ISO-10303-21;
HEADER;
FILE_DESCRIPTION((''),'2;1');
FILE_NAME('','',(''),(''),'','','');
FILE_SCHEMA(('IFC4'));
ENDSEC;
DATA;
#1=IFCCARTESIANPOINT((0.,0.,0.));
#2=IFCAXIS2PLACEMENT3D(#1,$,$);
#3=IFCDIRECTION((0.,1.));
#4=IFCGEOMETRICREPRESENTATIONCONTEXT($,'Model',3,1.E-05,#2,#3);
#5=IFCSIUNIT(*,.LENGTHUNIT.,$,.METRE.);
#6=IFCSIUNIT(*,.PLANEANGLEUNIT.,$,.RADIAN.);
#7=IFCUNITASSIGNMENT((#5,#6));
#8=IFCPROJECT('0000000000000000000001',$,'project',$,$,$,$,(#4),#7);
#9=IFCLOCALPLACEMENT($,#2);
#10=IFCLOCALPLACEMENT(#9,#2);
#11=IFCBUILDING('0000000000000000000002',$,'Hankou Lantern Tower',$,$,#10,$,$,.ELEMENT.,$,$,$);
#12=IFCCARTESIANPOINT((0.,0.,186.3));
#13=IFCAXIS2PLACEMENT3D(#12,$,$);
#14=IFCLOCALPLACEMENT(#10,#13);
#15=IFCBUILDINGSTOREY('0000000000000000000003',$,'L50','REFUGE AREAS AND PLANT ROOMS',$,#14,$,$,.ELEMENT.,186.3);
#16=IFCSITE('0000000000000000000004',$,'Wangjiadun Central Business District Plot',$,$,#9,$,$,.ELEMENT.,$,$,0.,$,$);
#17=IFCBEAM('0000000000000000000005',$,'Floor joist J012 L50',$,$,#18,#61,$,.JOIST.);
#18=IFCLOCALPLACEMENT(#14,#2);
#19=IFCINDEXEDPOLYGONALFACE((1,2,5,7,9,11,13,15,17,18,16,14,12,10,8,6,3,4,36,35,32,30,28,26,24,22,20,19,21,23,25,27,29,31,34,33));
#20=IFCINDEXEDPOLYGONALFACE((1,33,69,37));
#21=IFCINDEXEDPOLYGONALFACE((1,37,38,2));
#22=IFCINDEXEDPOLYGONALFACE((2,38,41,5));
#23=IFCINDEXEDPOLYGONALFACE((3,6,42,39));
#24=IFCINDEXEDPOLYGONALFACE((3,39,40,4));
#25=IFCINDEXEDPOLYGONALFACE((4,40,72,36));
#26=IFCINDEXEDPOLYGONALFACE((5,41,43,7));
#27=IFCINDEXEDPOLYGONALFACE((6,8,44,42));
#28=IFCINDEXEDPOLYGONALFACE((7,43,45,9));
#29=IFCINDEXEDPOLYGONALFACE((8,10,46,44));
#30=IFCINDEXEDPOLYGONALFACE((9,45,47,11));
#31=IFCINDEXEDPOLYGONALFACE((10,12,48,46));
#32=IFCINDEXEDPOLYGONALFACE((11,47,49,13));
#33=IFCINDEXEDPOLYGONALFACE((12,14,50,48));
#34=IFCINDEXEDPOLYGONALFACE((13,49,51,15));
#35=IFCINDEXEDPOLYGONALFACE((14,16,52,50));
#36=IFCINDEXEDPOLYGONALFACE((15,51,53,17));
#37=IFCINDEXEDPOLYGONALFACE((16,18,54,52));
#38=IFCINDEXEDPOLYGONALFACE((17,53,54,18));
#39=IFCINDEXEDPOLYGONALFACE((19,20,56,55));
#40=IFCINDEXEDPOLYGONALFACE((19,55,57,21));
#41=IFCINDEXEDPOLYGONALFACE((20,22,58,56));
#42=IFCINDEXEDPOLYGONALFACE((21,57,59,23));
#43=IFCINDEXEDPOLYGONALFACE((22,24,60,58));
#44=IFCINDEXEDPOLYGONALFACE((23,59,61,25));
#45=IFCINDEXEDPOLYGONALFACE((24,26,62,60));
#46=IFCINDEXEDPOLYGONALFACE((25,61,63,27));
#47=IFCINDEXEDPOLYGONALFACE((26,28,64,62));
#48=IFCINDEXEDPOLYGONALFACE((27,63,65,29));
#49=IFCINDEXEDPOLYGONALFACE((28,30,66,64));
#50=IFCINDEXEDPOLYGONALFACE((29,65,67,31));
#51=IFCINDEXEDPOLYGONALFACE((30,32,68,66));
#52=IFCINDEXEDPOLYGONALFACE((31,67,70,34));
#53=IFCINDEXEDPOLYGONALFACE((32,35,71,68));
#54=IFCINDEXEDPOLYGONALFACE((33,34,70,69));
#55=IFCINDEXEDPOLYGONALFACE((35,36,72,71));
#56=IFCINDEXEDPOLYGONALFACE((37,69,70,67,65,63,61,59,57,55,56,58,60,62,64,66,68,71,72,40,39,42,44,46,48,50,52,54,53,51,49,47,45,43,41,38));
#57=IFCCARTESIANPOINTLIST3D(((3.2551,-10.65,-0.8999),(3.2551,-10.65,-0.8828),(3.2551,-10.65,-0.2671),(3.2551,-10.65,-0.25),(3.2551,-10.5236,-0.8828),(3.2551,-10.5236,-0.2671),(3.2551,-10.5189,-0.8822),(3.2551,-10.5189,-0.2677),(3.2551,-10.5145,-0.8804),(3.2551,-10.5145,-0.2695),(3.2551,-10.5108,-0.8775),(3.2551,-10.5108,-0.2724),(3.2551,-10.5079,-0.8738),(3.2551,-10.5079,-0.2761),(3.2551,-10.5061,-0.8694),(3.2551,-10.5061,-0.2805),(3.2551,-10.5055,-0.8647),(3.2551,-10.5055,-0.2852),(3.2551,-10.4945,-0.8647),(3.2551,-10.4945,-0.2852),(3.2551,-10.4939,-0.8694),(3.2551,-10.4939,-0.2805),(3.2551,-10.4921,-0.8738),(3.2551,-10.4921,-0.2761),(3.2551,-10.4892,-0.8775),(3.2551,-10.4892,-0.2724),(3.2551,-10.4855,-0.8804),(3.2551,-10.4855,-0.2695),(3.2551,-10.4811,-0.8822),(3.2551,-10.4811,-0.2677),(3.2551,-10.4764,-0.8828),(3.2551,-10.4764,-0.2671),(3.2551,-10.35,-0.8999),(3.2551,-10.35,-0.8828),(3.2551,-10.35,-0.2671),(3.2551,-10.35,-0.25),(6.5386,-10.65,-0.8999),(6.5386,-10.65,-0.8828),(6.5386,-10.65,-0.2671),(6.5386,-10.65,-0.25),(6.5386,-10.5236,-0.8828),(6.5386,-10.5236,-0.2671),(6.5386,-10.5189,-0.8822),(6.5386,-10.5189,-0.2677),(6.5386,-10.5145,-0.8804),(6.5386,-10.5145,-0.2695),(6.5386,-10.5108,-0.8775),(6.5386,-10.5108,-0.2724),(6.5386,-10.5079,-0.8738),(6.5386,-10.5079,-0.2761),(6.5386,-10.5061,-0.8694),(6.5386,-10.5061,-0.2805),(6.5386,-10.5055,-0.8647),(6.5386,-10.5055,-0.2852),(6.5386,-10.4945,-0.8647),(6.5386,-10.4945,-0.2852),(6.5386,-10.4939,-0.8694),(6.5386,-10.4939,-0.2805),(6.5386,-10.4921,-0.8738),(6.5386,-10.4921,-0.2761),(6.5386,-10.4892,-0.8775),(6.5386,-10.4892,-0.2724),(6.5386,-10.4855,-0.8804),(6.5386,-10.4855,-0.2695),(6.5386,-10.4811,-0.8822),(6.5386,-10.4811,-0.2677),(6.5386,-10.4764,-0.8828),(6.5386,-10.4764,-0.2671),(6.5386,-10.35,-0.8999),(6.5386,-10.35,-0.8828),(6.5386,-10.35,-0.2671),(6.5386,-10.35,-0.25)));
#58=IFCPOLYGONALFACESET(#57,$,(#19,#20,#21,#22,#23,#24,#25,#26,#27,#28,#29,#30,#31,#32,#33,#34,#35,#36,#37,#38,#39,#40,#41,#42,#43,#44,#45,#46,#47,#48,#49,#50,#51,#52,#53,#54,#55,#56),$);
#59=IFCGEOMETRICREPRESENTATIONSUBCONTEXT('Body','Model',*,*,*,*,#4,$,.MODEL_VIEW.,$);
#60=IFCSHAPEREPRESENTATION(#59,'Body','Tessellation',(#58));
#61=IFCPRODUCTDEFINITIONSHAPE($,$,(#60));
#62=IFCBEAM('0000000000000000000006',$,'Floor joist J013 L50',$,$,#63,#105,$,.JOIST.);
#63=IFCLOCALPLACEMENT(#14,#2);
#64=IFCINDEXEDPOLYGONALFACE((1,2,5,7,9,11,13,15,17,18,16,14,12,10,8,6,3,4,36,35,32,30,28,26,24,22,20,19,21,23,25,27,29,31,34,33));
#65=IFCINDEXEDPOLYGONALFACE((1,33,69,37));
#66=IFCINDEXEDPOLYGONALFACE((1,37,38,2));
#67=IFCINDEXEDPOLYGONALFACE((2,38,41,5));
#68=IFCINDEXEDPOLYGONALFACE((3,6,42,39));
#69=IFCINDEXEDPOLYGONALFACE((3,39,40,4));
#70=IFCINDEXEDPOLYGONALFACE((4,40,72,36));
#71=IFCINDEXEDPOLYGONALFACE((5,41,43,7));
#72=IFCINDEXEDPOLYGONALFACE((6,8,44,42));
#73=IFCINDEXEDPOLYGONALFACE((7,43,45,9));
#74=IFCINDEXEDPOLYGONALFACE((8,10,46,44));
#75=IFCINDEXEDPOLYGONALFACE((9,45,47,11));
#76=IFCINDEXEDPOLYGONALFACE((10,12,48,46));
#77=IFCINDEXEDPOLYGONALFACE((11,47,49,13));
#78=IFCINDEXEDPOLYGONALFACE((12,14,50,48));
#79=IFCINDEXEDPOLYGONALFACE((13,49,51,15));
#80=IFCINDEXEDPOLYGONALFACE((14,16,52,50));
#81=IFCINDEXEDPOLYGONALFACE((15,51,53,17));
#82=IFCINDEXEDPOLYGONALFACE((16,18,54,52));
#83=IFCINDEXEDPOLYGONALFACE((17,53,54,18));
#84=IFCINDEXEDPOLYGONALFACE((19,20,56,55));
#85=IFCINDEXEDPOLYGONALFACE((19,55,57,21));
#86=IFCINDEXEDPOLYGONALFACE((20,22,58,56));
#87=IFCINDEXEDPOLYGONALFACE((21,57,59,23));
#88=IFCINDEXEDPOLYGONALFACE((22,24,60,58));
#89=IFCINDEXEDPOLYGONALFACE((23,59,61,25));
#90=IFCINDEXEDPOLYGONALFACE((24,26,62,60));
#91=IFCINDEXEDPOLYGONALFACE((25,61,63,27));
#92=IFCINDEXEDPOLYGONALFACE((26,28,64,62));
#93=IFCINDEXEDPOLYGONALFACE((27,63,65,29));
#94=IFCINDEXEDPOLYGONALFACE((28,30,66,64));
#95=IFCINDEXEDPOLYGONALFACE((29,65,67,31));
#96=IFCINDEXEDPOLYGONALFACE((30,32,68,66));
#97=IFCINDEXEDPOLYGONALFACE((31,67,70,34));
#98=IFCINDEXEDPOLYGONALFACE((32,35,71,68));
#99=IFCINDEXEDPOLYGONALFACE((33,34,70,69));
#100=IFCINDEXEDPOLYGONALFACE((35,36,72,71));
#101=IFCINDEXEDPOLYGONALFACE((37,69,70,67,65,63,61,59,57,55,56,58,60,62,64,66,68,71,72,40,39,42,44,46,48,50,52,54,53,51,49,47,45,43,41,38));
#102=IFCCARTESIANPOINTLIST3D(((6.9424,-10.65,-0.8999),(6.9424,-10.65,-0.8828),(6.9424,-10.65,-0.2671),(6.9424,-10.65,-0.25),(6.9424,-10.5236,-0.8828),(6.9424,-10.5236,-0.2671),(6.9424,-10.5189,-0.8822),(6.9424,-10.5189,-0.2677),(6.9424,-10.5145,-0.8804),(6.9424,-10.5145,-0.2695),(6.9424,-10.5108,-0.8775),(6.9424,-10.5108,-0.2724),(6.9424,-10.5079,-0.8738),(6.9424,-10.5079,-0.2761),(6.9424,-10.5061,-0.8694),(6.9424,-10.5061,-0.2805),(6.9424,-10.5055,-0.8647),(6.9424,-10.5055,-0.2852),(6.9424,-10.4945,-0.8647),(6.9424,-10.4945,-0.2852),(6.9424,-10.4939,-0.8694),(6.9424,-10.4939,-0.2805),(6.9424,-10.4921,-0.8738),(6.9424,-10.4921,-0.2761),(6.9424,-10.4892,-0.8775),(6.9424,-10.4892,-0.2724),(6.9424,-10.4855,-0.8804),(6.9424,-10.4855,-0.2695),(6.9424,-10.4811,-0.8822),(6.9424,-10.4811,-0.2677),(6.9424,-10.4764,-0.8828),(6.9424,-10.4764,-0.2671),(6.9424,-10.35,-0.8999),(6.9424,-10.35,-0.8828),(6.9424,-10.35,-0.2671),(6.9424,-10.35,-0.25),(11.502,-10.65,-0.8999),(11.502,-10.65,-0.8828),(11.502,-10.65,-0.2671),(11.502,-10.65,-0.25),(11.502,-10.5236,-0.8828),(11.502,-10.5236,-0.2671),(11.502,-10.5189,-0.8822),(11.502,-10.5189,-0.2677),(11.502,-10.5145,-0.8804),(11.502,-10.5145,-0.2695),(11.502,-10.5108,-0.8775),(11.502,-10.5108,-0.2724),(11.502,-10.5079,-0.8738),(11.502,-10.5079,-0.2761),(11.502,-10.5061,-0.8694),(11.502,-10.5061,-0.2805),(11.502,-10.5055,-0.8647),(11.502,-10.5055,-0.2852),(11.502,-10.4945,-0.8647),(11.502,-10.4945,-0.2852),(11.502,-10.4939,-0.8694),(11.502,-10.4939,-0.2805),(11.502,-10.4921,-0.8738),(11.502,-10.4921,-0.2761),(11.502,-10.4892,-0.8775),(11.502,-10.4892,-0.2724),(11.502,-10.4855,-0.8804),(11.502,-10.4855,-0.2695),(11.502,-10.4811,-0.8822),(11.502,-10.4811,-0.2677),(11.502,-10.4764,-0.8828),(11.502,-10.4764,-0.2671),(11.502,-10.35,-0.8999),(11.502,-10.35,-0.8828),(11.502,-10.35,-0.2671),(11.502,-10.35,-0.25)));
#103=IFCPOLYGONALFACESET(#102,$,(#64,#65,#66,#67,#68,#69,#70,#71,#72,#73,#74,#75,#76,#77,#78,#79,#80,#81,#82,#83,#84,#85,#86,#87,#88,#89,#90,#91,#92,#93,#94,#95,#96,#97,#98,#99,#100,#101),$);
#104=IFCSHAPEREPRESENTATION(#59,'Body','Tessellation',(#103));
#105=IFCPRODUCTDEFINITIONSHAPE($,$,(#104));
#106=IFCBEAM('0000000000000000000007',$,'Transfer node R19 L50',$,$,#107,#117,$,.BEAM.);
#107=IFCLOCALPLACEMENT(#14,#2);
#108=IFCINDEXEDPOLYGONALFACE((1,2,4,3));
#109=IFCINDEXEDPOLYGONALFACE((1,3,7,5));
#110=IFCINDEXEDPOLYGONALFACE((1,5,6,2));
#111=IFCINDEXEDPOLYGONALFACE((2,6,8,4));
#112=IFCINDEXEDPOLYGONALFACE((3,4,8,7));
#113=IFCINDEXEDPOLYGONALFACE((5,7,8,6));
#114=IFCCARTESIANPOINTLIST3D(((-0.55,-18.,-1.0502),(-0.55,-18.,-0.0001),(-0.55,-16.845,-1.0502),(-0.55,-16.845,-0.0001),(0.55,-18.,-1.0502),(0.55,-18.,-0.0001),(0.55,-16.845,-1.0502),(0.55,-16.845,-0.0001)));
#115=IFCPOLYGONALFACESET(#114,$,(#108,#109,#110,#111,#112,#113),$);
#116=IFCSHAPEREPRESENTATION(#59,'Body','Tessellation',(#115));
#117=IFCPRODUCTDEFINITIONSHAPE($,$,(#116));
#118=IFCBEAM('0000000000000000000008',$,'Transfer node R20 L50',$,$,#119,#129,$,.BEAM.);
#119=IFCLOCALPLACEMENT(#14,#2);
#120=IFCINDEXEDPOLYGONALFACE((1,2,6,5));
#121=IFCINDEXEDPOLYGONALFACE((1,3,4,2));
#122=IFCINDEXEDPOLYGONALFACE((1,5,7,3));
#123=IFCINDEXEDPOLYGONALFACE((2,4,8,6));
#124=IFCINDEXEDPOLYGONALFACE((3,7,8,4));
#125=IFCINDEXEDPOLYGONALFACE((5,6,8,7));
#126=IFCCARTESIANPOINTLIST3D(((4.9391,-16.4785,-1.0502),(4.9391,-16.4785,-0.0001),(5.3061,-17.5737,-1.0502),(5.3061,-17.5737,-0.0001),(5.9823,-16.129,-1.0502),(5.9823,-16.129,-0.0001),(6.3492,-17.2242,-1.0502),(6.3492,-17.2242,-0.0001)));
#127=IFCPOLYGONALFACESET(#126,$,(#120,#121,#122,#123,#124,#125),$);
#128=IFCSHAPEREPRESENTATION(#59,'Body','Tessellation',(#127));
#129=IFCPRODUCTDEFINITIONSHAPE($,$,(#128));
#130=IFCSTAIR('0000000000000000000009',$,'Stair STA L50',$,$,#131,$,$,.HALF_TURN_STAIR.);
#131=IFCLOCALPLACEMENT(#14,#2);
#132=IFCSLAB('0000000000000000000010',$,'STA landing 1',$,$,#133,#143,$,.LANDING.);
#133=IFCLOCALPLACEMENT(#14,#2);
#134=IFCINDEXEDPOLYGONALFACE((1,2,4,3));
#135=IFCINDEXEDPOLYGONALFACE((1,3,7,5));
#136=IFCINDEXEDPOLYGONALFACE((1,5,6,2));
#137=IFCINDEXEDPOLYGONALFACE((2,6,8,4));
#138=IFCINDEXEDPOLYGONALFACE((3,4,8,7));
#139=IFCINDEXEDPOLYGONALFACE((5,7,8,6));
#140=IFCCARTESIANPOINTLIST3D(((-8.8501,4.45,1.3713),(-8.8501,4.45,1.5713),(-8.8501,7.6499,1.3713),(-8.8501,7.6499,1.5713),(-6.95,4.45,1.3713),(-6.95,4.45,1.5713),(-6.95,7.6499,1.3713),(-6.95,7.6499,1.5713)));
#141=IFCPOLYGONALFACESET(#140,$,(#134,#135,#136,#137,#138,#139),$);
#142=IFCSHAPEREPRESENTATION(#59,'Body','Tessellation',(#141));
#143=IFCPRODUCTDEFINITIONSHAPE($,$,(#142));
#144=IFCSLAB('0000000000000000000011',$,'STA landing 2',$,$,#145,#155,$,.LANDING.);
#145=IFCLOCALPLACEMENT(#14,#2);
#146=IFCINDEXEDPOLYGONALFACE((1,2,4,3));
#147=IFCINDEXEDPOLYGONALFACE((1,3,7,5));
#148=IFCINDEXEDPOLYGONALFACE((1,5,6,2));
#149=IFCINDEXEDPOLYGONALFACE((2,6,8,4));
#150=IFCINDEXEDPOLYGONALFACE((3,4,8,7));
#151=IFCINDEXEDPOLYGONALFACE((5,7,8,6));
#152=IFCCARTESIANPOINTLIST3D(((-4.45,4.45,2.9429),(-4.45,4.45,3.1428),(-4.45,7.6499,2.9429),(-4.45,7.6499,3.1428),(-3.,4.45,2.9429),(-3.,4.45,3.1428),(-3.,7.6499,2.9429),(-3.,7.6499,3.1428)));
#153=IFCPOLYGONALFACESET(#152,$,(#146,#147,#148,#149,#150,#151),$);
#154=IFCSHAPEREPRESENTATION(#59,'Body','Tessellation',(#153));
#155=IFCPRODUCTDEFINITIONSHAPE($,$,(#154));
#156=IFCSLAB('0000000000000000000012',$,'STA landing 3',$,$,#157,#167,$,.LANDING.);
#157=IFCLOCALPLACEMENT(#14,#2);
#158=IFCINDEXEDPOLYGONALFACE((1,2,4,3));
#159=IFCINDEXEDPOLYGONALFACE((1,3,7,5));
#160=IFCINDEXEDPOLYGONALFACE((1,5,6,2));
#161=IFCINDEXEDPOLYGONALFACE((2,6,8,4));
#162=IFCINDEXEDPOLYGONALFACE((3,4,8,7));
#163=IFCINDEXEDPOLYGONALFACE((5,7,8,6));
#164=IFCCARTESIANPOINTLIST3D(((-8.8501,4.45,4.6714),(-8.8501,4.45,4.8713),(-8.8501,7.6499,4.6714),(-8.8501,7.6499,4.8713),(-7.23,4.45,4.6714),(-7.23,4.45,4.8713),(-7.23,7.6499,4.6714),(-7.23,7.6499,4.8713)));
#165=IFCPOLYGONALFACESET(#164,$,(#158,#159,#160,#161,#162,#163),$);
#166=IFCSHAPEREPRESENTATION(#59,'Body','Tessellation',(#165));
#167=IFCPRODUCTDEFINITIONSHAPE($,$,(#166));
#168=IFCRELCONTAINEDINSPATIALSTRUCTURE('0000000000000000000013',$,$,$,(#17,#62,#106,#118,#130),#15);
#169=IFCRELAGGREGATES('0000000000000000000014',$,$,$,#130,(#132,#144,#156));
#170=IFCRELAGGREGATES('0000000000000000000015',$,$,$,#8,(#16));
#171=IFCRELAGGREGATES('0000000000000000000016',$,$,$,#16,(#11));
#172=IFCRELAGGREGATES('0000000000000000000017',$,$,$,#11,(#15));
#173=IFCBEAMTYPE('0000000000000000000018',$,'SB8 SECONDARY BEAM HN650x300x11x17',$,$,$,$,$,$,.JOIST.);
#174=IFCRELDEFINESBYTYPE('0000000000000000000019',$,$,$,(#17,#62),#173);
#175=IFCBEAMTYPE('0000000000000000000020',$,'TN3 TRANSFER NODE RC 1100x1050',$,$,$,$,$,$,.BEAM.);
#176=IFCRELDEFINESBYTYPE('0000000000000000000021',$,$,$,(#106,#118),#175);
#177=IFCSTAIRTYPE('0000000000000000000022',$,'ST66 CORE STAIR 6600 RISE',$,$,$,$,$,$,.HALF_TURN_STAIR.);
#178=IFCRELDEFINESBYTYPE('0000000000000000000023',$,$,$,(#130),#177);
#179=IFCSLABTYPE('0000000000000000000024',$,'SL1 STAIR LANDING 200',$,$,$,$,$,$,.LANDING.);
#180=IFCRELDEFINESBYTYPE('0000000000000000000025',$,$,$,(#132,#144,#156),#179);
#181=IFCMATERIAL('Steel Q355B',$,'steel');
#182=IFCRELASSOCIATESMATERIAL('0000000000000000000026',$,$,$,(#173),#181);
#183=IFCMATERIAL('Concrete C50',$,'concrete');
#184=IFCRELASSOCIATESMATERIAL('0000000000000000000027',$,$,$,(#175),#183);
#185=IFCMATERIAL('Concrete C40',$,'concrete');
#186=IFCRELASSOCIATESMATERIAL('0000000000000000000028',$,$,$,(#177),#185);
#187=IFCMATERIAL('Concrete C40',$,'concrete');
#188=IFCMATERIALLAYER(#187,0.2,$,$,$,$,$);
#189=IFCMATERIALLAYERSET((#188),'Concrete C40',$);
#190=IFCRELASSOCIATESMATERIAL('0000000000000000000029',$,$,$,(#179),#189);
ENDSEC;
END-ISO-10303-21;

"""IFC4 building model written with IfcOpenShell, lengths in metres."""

from ifc_helpers import new_model, si_unit, direction, frame, origin, origin_2d, place, context, subcontext, project, spatial, polyline, rectangle, i_section, outline, extrude, material, layer, layer_set, material_profile, profile_set, type_object, element, aggregate, save


model = new_model("IFC4")

# Units and contexts
model_context = context("Model", 3, precision=1e-05, world=origin(), true_north=direction((0.0, 1.0)))
body_context = subcontext(model_context, "Body", "Model", "MODEL_VIEW")
ifc_project = project(units=[si_unit("LENGTHUNIT", "METRE"), si_unit("PLANEANGLEUNIT", "RADIAN")], contexts=[model_context])

# Site, building, storey
site_placement = place(None, origin())
site = spatial("IfcSite", under=ifc_project, at=site_placement, Name="Wangjiadun Central Business District Plot", CompositionType="ELEMENT", RefElevation=0.0)
building_placement = place(site_placement, origin())
building = spatial("IfcBuilding", under=site, at=building_placement, Name="Hankou Lantern Tower", CompositionType="ELEMENT")
storey_placement = place(building_placement, frame((0.0, 0.0, 186.3)))
storey = spatial("IfcBuildingStorey", under=building, at=storey_placement, Name="L50", Description="REFUGE AREAS AND PLANT ROOMS", CompositionType="ELEMENT", Elevation=186.3)

# Beams
ifc_material_1 = material(Name="Steel Q355B", Category="steel")
ifc_material_profile_1 = material_profile(ifc_material_1, i_section(OverallWidth=0.3, OverallDepth=0.6499, WebThickness=0.011, FlangeThickness=0.0171, FilletRadius=0.0181, at=origin_2d()), Name="HN650x300x11x17")
ifc_profile_set_1 = profile_set([ifc_material_profile_1], Name="Steel Q355B")
beam_type_1 = type_object("IfcBeamType", Name="SB8 SECONDARY BEAM HN650x300x11x17", PredefinedType="JOIST", material=ifc_profile_set_1)
beam_1_placement = place(storey_placement, frame((3.2551, -10.5, -0.575), z_axis=(1.0, 0.0, 0.0), x_axis=(0.0, 1.0, 0.0)))
element("IfcBeam", 1, at=beam_1_placement, inside=storey, type_object=beam_type_1, Name="Floor joist J012 L50", PredefinedType="JOIST", context=body_context, shape_type="SweptSolid", body=[
    extrude(i_section(OverallWidth=0.3, OverallDepth=0.6499, WebThickness=0.011, FlangeThickness=0.0171, FilletRadius=0.0181, at=origin_2d()), origin(), (0.0, 0.0, 1.0), 3.2834),
])
beam_2_placement = place(storey_placement, frame((6.9424, -10.5, -0.575), z_axis=(1.0, 0.0, 0.0), x_axis=(0.0, 1.0, 0.0)))
element("IfcBeam", 2, at=beam_2_placement, inside=storey, type_object=beam_type_1, Name="Floor joist J013 L50", PredefinedType="JOIST", context=body_context, shape_type="SweptSolid", body=[
    extrude(i_section(OverallWidth=0.3, OverallDepth=0.6499, WebThickness=0.011, FlangeThickness=0.0171, FilletRadius=0.0181, at=origin_2d()), origin(), (0.0, 0.0, 1.0), 4.5596),
])
ifc_material_2 = material(Name="Concrete C50", Category="concrete")
ifc_material_profile_2 = material_profile(ifc_material_2, rectangle(XDim=1.1001, YDim=1.05, at=origin_2d()), Name="RC 1100x1050")
ifc_profile_set_2 = profile_set([ifc_material_profile_2], Name="Concrete C50")
beam_type_2 = type_object("IfcBeamType", Name="TN3 TRANSFER NODE RC 1100x1050", PredefinedType="BEAM", material=ifc_profile_set_2)
for number, where, z_axis, x_axis, name in (
    (3, (0.0, -18.0, -0.5251), (0.0, 1.0, 0.0), (-1.0, 0.0, 0.0), "Transfer node R19 L50"),
    (4, (5.8276, -17.3989, -0.5251), (-0.317686, 0.948196, 0.0), (-0.948196, -0.317686, 0.0), "Transfer node R20 L50"),
):
    element("IfcBeam", number, at=place(storey_placement, frame(where, z_axis=z_axis, x_axis=x_axis)), inside=storey, type_object=beam_type_2, Name=name, PredefinedType="BEAM", context=body_context, shape_type="SweptSolid", body=[
        extrude(rectangle(XDim=1.1001, YDim=1.05, at=origin_2d()), origin(), (0.0, 0.0, 1.0), 1.155),
    ])

# Stair, slabs
ifc_material_3 = material(Name="Concrete C40", Category="concrete")
stair_type = type_object("IfcStairType", Name="ST66 CORE STAIR 6600 RISE", PredefinedType="HALF_TURN_STAIR", material=ifc_material_3)
stair_1_placement = place(storey_placement, origin())
stair_1 = element("IfcStair", 5, at=stair_1_placement, inside=storey, type_object=stair_type, Name="Stair STA L50", PredefinedType="HALF_TURN_STAIR")
ifc_material_4 = material(Name="Concrete C40", Category="concrete")
ifc_layer_1 = layer(ifc_material_4, 0.2)
ifc_layer_set_1 = layer_set([ifc_layer_1], Name="Concrete C40")
slab_type = type_object("IfcSlabType", Name="SL1 STAIR LANDING 200", PredefinedType="LANDING", material=ifc_layer_set_1)
slab_1_placement = place(storey_placement, frame((0.0, 0.0, 1.3713)))
slab_1 = element("IfcSlab", 6, at=slab_1_placement, type_object=slab_type, Name="STA landing 1", PredefinedType="LANDING", context=body_context, shape_type="SweptSolid", body=[
    extrude(outline(polyline([(-8.8501, 4.45), (-6.95, 4.45), (-6.95, 7.6499), (-8.8501, 7.6499), (-8.8501, 4.45)])), origin(), (0.0, 0.0, 1.0), 0.2),
])
slab_2_placement = place(storey_placement, frame((0.0, 0.0, 2.9429)))
slab_2 = element("IfcSlab", 7, at=slab_2_placement, type_object=slab_type, Name="STA landing 2", PredefinedType="LANDING", context=body_context, shape_type="SweptSolid", body=[
    extrude(outline(polyline([(-4.45, 4.45), (-3.0, 4.45), (-3.0, 7.6499), (-4.45, 7.6499), (-4.45, 4.45)])), origin(), (0.0, 0.0, 1.0), 0.2),
])
slab_3_placement = place(storey_placement, frame((0.0, 0.0, 4.6714)))
slab_3 = element("IfcSlab", 8, at=slab_3_placement, type_object=slab_type, Name="STA landing 3", PredefinedType="LANDING", context=body_context, shape_type="SweptSolid", body=[
    extrude(outline(polyline([(-8.8501, 4.45), (-7.23, 4.45), (-7.23, 7.6499), (-8.8501, 7.6499), (-8.8501, 4.45)])), origin(), (0.0, 0.0, 1.0), 0.2),
])
aggregate(stair_1, [slab_1, slab_2, slab_3])

save(model, "model.ifc")
